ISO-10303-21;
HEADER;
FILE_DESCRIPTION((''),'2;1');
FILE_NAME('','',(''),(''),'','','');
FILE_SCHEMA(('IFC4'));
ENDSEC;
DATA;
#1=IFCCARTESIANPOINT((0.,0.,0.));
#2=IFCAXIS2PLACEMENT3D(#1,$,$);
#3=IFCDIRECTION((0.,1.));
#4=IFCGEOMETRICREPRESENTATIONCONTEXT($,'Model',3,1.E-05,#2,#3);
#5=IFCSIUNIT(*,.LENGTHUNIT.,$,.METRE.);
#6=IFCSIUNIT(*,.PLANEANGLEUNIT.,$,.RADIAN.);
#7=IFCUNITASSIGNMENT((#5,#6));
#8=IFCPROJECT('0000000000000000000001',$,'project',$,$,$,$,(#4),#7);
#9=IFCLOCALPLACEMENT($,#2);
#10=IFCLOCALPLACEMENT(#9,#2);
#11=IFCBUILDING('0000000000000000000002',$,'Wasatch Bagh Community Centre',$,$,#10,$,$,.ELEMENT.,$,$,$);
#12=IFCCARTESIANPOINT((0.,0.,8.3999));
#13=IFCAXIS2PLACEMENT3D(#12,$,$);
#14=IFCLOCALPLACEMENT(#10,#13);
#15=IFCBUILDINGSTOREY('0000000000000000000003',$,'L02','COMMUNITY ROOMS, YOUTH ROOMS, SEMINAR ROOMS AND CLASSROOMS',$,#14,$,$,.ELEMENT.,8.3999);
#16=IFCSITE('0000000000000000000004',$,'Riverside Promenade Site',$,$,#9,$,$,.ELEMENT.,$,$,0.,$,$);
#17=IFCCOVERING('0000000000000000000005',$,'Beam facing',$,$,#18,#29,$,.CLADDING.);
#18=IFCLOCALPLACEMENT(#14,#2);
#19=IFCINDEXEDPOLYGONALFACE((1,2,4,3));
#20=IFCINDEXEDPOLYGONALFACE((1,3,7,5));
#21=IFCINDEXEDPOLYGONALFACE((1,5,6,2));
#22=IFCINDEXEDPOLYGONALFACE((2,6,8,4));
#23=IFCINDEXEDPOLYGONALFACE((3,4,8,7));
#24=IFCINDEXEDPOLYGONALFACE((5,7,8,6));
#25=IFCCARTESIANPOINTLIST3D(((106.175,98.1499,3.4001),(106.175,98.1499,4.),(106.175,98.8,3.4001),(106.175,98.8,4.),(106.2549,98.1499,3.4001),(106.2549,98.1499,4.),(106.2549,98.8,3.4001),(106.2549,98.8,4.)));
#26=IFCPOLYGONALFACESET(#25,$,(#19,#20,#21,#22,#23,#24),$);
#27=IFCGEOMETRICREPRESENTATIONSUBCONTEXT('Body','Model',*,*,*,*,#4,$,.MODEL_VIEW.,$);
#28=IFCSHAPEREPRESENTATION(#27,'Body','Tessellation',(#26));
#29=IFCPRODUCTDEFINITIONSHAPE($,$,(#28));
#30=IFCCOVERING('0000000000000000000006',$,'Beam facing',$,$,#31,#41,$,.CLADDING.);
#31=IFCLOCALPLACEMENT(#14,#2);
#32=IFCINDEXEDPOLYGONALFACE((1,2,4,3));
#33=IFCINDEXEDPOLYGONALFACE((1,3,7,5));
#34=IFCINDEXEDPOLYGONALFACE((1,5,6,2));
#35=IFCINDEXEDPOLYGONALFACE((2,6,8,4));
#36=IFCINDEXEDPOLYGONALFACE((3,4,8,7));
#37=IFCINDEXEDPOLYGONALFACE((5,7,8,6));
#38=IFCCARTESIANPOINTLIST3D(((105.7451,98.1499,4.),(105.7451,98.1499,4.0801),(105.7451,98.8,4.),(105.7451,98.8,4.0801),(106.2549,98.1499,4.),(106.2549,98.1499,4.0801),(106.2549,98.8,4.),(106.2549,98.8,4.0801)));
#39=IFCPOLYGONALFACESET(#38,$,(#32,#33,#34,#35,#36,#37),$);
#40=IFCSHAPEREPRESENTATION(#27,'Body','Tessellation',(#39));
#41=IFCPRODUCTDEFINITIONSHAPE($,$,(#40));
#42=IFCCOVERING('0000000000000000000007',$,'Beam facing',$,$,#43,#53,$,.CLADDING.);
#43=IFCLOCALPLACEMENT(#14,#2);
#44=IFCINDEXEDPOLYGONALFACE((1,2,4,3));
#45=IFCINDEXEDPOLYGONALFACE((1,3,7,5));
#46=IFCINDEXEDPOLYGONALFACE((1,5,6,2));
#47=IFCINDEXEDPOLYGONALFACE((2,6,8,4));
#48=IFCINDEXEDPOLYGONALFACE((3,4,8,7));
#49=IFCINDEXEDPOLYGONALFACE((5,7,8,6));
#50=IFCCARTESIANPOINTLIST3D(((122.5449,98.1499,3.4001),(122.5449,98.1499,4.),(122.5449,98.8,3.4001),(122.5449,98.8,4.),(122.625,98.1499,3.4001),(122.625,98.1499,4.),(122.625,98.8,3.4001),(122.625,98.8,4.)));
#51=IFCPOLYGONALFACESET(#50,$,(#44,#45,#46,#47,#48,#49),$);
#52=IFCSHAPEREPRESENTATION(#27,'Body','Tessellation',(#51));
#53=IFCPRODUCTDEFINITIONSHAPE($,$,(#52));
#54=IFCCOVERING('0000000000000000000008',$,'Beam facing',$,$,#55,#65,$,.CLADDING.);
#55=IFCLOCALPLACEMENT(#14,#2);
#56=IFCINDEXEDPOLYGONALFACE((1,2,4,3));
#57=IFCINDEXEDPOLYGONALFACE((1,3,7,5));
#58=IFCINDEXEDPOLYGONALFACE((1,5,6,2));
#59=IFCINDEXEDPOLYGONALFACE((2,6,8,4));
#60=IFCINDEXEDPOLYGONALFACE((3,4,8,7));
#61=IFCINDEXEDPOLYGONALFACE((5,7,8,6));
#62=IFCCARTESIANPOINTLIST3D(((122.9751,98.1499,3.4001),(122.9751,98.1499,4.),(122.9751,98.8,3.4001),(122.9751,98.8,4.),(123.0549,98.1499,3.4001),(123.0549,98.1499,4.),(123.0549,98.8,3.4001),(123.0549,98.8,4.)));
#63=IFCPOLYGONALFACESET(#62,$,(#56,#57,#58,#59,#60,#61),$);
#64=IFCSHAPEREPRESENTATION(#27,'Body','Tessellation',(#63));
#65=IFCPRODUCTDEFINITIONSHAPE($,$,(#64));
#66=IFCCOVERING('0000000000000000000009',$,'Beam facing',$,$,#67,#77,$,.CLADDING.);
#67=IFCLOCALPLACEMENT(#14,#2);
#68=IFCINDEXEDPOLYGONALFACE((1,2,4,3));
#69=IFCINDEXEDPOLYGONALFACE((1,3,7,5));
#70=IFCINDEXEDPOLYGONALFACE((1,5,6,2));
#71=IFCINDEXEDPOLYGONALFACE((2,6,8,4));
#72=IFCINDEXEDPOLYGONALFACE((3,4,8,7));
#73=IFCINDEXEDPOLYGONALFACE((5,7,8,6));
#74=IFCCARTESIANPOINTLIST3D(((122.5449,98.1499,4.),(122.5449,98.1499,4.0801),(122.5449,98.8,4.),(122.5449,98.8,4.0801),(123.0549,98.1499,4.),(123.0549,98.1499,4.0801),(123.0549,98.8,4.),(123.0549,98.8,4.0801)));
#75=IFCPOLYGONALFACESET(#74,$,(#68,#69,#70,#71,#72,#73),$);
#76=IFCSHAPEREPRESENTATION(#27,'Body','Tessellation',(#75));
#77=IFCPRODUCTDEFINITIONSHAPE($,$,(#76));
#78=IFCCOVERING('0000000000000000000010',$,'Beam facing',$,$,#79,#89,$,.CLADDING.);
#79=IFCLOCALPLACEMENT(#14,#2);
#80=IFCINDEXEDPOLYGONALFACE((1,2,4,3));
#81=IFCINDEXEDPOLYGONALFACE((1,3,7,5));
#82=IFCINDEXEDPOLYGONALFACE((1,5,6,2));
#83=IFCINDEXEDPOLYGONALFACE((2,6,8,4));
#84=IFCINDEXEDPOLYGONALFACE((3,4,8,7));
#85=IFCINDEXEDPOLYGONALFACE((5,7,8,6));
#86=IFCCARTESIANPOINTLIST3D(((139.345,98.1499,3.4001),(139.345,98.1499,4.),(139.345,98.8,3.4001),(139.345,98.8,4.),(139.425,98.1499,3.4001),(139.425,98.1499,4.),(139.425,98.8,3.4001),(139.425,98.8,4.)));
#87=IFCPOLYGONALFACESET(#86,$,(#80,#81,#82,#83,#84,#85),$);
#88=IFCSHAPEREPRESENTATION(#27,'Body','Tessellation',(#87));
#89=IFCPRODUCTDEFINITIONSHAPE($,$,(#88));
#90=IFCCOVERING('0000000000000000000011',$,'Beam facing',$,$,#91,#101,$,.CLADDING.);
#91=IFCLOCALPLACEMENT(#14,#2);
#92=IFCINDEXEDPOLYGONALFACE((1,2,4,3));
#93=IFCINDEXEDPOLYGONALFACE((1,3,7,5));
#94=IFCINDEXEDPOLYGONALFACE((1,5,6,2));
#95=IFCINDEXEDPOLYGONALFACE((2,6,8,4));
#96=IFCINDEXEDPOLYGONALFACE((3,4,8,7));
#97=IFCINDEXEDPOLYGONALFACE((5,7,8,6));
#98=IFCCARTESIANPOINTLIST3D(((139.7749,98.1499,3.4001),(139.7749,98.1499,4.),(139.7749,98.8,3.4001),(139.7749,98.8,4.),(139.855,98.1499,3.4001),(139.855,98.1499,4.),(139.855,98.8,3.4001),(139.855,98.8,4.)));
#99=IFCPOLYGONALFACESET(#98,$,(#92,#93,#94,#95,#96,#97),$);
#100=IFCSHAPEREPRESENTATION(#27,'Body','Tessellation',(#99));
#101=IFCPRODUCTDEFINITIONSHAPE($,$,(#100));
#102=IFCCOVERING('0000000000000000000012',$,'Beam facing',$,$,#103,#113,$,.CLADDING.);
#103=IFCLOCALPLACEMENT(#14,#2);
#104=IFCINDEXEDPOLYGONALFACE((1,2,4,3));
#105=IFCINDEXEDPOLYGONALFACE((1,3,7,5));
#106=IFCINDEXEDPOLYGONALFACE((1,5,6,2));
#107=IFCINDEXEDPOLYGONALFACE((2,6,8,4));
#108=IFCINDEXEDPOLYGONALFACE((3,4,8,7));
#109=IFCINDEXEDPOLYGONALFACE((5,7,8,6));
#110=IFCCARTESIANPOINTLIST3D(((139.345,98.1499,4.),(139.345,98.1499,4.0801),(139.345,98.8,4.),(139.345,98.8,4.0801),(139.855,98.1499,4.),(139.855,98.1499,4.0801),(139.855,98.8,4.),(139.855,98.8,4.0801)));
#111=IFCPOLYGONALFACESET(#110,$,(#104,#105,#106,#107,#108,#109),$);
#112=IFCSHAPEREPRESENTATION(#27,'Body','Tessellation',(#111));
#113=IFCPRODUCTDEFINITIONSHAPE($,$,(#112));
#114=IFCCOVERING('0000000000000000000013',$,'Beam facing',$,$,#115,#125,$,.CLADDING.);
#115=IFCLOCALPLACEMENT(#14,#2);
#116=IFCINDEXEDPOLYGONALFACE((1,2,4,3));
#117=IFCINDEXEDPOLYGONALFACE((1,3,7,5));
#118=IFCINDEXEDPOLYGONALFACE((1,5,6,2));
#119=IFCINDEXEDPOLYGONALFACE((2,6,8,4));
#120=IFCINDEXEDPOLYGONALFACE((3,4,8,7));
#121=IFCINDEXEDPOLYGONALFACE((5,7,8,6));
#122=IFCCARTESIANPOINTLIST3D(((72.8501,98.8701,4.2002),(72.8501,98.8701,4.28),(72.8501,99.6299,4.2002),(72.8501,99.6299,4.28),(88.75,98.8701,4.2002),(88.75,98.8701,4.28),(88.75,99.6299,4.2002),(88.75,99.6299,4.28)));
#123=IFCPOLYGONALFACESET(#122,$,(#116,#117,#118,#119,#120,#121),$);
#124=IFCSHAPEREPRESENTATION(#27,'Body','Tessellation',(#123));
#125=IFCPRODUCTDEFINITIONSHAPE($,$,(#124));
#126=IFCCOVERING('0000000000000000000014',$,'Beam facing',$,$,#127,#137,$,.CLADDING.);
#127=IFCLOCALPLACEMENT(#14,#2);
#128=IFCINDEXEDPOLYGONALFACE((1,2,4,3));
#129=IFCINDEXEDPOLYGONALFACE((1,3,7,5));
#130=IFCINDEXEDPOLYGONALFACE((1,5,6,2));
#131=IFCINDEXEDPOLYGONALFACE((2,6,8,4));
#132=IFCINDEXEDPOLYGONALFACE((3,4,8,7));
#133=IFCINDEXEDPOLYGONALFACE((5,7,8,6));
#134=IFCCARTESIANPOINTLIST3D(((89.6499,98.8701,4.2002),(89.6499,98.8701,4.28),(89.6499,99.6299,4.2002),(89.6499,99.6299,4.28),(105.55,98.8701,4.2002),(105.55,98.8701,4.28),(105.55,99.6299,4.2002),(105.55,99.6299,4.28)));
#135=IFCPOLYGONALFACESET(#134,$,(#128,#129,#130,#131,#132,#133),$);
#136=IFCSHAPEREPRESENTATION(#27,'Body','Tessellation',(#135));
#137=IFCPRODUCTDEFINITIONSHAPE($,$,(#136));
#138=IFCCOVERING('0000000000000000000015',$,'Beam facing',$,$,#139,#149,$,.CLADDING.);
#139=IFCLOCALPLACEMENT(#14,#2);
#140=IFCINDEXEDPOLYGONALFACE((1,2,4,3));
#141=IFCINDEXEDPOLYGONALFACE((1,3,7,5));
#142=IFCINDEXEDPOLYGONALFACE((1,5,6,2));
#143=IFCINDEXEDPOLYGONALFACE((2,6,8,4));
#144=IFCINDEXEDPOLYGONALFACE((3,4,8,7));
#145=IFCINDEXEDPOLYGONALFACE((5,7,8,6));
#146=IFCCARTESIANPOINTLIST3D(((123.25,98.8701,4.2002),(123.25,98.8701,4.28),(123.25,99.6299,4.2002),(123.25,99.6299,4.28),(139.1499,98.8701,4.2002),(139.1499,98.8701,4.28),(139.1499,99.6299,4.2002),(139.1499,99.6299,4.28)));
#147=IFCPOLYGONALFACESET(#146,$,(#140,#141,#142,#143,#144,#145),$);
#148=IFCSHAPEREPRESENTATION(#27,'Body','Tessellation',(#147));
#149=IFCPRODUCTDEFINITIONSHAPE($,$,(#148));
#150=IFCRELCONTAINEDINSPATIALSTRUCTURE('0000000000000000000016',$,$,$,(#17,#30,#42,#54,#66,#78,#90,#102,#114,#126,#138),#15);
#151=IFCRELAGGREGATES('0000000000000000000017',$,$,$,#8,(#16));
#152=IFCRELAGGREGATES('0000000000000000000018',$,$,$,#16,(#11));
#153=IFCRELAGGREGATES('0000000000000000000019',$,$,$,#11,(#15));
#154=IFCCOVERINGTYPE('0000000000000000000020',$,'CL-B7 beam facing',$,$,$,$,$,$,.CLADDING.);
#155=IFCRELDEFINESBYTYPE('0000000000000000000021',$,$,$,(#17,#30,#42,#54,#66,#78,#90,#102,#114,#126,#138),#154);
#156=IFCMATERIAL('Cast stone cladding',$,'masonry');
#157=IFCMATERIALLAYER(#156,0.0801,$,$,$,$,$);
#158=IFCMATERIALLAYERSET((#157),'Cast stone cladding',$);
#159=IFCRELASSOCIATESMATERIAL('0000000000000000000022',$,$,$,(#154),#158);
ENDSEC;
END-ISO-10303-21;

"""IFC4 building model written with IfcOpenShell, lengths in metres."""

from ifc_helpers import new_model, si_unit, direction, frame, origin, place, context, subcontext, project, spatial, polyline, outline, extrude, material, layer, layer_set, type_object, element, save


model = new_model("IFC4")

# Units and contexts
model_context = context("Model", 3, precision=1e-05, world=origin(), true_north=direction((0.0, 1.0)))
body_context = subcontext(model_context, "Body", "Model", "MODEL_VIEW")
ifc_project = project(units=[si_unit("LENGTHUNIT", "METRE"), si_unit("PLANEANGLEUNIT", "RADIAN")], contexts=[model_context])

# Site, building, storey
site_placement = place(None, origin())
site = spatial("IfcSite", under=ifc_project, at=site_placement, Name="Riverside Promenade Site", CompositionType="ELEMENT", RefElevation=0.0)
building_placement = place(site_placement, origin())
building = spatial("IfcBuilding", under=site, at=building_placement, Name="Wasatch Bagh Community Centre", CompositionType="ELEMENT")
storey_placement = place(building_placement, frame((0.0, 0.0, 8.3999)))
storey = spatial("IfcBuildingStorey", under=building, at=storey_placement, Name="L02", Description="COMMUNITY ROOMS, YOUTH ROOMS, SEMINAR ROOMS AND CLASSROOMS", CompositionType="ELEMENT", Elevation=8.3999)

# Coverings
ifc_material = material(Name="Cast stone cladding", Category="masonry")
ifc_layer = layer(ifc_material, 0.0801)
ifc_layer_set = layer_set([ifc_layer], Name="Cast stone cladding")
covering_type = type_object("IfcCoveringType", Name="CL-B7 beam facing", PredefinedType="CLADDING", material=ifc_layer_set)
covering_1_placement = place(storey_placement, frame((0.0, 0.0, 3.4001)))
element("IfcCovering", 1, at=covering_1_placement, inside=storey, type_object=covering_type, Name="Beam facing", PredefinedType="CLADDING", context=body_context, shape_type="SweptSolid", body=[
    extrude(outline(polyline([(106.175, 98.1499), (106.175, 98.8), (106.2549, 98.8), (106.2549, 98.1499), (106.175, 98.1499)])), origin(), (0.0, 0.0, 1.0), 0.5999),
])
covering_2_placement = place(storey_placement, frame((0.0, 0.0, 4.0)))
element("IfcCovering", 2, at=covering_2_placement, inside=storey, type_object=covering_type, Name="Beam facing", PredefinedType="CLADDING", context=body_context, shape_type="SweptSolid", body=[
    extrude(outline(polyline([(106.2549, 98.1499), (106.2549, 98.8), (105.7451, 98.8), (105.7451, 98.1499), (106.2549, 98.1499)])), origin(), (0.0, 0.0, 1.0), 0.0801),
])
covering_3_placement = place(storey_placement, frame((0.0, 0.0, 3.4001)))
element("IfcCovering", 3, at=covering_3_placement, inside=storey, type_object=covering_type, Name="Beam facing", PredefinedType="CLADDING", context=body_context, shape_type="SweptSolid", body=[
    extrude(outline(polyline([(122.625, 98.1499), (122.625, 98.8), (122.5449, 98.8), (122.5449, 98.1499), (122.625, 98.1499)])), origin(), (0.0, 0.0, 1.0), 0.5999),
])
covering_4_placement = place(storey_placement, frame((0.0, 0.0, 3.4001)))
element("IfcCovering", 4, at=covering_4_placement, inside=storey, type_object=covering_type, Name="Beam facing", PredefinedType="CLADDING", context=body_context, shape_type="SweptSolid", body=[
    extrude(outline(polyline([(122.9751, 98.1499), (122.9751, 98.8), (123.0549, 98.8), (123.0549, 98.1499), (122.9751, 98.1499)])), origin(), (0.0, 0.0, 1.0), 0.5999),
])
covering_5_placement = place(storey_placement, frame((0.0, 0.0, 4.0)))
element("IfcCovering", 5, at=covering_5_placement, inside=storey, type_object=covering_type, Name="Beam facing", PredefinedType="CLADDING", context=body_context, shape_type="SweptSolid", body=[
    extrude(outline(polyline([(123.0549, 98.1499), (123.0549, 98.8), (122.5449, 98.8), (122.5449, 98.1499), (123.0549, 98.1499)])), origin(), (0.0, 0.0, 1.0), 0.0801),
])
covering_6_placement = place(storey_placement, frame((0.0, 0.0, 3.4001)))
element("IfcCovering", 6, at=covering_6_placement, inside=storey, type_object=covering_type, Name="Beam facing", PredefinedType="CLADDING", context=body_context, shape_type="SweptSolid", body=[
    extrude(outline(polyline([(139.425, 98.1499), (139.425, 98.8), (139.345, 98.8), (139.345, 98.1499), (139.425, 98.1499)])), origin(), (0.0, 0.0, 1.0), 0.5999),
])
covering_7_placement = place(storey_placement, frame((0.0, 0.0, 3.4001)))
element("IfcCovering", 7, at=covering_7_placement, inside=storey, type_object=covering_type, Name="Beam facing", PredefinedType="CLADDING", context=body_context, shape_type="SweptSolid", body=[
    extrude(outline(polyline([(139.7749, 98.1499), (139.7749, 98.8), (139.855, 98.8), (139.855, 98.1499), (139.7749, 98.1499)])), origin(), (0.0, 0.0, 1.0), 0.5999),
])
covering_8_placement = place(storey_placement, frame((0.0, 0.0, 4.0)))
element("IfcCovering", 8, at=covering_8_placement, inside=storey, type_object=covering_type, Name="Beam facing", PredefinedType="CLADDING", context=body_context, shape_type="SweptSolid", body=[
    extrude(outline(polyline([(139.855, 98.1499), (139.855, 98.8), (139.345, 98.8), (139.345, 98.1499), (139.855, 98.1499)])), origin(), (0.0, 0.0, 1.0), 0.0801),
])
covering_9_placement = place(storey_placement, frame((0.0, 0.0, 4.2002)))
element("IfcCovering", 9, at=covering_9_placement, inside=storey, type_object=covering_type, Name="Beam facing", PredefinedType="CLADDING", context=body_context, shape_type="SweptSolid", body=[
    extrude(outline(polyline([(72.8501, 98.8701), (88.75, 98.8701), (88.75, 99.6299), (72.8501, 99.6299), (72.8501, 98.8701)])), origin(), (0.0, 0.0, 1.0), 0.0798),
])
covering_10_placement = place(storey_placement, frame((0.0, 0.0, 4.2002)))
element("IfcCovering", 10, at=covering_10_placement, inside=storey, type_object=covering_type, Name="Beam facing", PredefinedType="CLADDING", context=body_context, shape_type="SweptSolid", body=[
    extrude(outline(polyline([(89.6499, 98.8701), (105.55, 98.8701), (105.55, 99.6299), (89.6499, 99.6299), (89.6499, 98.8701)])), origin(), (0.0, 0.0, 1.0), 0.0798),
])
covering_11_placement = place(storey_placement, frame((0.0, 0.0, 4.2002)))
element("IfcCovering", 11, at=covering_11_placement, inside=storey, type_object=covering_type, Name="Beam facing", PredefinedType="CLADDING", context=body_context, shape_type="SweptSolid", body=[
    extrude(outline(polyline([(123.25, 98.8701), (139.1499, 98.8701), (139.1499, 99.6299), (123.25, 99.6299), (123.25, 98.8701)])), origin(), (0.0, 0.0, 1.0), 0.0798),
])

save(model, "model.ifc")
